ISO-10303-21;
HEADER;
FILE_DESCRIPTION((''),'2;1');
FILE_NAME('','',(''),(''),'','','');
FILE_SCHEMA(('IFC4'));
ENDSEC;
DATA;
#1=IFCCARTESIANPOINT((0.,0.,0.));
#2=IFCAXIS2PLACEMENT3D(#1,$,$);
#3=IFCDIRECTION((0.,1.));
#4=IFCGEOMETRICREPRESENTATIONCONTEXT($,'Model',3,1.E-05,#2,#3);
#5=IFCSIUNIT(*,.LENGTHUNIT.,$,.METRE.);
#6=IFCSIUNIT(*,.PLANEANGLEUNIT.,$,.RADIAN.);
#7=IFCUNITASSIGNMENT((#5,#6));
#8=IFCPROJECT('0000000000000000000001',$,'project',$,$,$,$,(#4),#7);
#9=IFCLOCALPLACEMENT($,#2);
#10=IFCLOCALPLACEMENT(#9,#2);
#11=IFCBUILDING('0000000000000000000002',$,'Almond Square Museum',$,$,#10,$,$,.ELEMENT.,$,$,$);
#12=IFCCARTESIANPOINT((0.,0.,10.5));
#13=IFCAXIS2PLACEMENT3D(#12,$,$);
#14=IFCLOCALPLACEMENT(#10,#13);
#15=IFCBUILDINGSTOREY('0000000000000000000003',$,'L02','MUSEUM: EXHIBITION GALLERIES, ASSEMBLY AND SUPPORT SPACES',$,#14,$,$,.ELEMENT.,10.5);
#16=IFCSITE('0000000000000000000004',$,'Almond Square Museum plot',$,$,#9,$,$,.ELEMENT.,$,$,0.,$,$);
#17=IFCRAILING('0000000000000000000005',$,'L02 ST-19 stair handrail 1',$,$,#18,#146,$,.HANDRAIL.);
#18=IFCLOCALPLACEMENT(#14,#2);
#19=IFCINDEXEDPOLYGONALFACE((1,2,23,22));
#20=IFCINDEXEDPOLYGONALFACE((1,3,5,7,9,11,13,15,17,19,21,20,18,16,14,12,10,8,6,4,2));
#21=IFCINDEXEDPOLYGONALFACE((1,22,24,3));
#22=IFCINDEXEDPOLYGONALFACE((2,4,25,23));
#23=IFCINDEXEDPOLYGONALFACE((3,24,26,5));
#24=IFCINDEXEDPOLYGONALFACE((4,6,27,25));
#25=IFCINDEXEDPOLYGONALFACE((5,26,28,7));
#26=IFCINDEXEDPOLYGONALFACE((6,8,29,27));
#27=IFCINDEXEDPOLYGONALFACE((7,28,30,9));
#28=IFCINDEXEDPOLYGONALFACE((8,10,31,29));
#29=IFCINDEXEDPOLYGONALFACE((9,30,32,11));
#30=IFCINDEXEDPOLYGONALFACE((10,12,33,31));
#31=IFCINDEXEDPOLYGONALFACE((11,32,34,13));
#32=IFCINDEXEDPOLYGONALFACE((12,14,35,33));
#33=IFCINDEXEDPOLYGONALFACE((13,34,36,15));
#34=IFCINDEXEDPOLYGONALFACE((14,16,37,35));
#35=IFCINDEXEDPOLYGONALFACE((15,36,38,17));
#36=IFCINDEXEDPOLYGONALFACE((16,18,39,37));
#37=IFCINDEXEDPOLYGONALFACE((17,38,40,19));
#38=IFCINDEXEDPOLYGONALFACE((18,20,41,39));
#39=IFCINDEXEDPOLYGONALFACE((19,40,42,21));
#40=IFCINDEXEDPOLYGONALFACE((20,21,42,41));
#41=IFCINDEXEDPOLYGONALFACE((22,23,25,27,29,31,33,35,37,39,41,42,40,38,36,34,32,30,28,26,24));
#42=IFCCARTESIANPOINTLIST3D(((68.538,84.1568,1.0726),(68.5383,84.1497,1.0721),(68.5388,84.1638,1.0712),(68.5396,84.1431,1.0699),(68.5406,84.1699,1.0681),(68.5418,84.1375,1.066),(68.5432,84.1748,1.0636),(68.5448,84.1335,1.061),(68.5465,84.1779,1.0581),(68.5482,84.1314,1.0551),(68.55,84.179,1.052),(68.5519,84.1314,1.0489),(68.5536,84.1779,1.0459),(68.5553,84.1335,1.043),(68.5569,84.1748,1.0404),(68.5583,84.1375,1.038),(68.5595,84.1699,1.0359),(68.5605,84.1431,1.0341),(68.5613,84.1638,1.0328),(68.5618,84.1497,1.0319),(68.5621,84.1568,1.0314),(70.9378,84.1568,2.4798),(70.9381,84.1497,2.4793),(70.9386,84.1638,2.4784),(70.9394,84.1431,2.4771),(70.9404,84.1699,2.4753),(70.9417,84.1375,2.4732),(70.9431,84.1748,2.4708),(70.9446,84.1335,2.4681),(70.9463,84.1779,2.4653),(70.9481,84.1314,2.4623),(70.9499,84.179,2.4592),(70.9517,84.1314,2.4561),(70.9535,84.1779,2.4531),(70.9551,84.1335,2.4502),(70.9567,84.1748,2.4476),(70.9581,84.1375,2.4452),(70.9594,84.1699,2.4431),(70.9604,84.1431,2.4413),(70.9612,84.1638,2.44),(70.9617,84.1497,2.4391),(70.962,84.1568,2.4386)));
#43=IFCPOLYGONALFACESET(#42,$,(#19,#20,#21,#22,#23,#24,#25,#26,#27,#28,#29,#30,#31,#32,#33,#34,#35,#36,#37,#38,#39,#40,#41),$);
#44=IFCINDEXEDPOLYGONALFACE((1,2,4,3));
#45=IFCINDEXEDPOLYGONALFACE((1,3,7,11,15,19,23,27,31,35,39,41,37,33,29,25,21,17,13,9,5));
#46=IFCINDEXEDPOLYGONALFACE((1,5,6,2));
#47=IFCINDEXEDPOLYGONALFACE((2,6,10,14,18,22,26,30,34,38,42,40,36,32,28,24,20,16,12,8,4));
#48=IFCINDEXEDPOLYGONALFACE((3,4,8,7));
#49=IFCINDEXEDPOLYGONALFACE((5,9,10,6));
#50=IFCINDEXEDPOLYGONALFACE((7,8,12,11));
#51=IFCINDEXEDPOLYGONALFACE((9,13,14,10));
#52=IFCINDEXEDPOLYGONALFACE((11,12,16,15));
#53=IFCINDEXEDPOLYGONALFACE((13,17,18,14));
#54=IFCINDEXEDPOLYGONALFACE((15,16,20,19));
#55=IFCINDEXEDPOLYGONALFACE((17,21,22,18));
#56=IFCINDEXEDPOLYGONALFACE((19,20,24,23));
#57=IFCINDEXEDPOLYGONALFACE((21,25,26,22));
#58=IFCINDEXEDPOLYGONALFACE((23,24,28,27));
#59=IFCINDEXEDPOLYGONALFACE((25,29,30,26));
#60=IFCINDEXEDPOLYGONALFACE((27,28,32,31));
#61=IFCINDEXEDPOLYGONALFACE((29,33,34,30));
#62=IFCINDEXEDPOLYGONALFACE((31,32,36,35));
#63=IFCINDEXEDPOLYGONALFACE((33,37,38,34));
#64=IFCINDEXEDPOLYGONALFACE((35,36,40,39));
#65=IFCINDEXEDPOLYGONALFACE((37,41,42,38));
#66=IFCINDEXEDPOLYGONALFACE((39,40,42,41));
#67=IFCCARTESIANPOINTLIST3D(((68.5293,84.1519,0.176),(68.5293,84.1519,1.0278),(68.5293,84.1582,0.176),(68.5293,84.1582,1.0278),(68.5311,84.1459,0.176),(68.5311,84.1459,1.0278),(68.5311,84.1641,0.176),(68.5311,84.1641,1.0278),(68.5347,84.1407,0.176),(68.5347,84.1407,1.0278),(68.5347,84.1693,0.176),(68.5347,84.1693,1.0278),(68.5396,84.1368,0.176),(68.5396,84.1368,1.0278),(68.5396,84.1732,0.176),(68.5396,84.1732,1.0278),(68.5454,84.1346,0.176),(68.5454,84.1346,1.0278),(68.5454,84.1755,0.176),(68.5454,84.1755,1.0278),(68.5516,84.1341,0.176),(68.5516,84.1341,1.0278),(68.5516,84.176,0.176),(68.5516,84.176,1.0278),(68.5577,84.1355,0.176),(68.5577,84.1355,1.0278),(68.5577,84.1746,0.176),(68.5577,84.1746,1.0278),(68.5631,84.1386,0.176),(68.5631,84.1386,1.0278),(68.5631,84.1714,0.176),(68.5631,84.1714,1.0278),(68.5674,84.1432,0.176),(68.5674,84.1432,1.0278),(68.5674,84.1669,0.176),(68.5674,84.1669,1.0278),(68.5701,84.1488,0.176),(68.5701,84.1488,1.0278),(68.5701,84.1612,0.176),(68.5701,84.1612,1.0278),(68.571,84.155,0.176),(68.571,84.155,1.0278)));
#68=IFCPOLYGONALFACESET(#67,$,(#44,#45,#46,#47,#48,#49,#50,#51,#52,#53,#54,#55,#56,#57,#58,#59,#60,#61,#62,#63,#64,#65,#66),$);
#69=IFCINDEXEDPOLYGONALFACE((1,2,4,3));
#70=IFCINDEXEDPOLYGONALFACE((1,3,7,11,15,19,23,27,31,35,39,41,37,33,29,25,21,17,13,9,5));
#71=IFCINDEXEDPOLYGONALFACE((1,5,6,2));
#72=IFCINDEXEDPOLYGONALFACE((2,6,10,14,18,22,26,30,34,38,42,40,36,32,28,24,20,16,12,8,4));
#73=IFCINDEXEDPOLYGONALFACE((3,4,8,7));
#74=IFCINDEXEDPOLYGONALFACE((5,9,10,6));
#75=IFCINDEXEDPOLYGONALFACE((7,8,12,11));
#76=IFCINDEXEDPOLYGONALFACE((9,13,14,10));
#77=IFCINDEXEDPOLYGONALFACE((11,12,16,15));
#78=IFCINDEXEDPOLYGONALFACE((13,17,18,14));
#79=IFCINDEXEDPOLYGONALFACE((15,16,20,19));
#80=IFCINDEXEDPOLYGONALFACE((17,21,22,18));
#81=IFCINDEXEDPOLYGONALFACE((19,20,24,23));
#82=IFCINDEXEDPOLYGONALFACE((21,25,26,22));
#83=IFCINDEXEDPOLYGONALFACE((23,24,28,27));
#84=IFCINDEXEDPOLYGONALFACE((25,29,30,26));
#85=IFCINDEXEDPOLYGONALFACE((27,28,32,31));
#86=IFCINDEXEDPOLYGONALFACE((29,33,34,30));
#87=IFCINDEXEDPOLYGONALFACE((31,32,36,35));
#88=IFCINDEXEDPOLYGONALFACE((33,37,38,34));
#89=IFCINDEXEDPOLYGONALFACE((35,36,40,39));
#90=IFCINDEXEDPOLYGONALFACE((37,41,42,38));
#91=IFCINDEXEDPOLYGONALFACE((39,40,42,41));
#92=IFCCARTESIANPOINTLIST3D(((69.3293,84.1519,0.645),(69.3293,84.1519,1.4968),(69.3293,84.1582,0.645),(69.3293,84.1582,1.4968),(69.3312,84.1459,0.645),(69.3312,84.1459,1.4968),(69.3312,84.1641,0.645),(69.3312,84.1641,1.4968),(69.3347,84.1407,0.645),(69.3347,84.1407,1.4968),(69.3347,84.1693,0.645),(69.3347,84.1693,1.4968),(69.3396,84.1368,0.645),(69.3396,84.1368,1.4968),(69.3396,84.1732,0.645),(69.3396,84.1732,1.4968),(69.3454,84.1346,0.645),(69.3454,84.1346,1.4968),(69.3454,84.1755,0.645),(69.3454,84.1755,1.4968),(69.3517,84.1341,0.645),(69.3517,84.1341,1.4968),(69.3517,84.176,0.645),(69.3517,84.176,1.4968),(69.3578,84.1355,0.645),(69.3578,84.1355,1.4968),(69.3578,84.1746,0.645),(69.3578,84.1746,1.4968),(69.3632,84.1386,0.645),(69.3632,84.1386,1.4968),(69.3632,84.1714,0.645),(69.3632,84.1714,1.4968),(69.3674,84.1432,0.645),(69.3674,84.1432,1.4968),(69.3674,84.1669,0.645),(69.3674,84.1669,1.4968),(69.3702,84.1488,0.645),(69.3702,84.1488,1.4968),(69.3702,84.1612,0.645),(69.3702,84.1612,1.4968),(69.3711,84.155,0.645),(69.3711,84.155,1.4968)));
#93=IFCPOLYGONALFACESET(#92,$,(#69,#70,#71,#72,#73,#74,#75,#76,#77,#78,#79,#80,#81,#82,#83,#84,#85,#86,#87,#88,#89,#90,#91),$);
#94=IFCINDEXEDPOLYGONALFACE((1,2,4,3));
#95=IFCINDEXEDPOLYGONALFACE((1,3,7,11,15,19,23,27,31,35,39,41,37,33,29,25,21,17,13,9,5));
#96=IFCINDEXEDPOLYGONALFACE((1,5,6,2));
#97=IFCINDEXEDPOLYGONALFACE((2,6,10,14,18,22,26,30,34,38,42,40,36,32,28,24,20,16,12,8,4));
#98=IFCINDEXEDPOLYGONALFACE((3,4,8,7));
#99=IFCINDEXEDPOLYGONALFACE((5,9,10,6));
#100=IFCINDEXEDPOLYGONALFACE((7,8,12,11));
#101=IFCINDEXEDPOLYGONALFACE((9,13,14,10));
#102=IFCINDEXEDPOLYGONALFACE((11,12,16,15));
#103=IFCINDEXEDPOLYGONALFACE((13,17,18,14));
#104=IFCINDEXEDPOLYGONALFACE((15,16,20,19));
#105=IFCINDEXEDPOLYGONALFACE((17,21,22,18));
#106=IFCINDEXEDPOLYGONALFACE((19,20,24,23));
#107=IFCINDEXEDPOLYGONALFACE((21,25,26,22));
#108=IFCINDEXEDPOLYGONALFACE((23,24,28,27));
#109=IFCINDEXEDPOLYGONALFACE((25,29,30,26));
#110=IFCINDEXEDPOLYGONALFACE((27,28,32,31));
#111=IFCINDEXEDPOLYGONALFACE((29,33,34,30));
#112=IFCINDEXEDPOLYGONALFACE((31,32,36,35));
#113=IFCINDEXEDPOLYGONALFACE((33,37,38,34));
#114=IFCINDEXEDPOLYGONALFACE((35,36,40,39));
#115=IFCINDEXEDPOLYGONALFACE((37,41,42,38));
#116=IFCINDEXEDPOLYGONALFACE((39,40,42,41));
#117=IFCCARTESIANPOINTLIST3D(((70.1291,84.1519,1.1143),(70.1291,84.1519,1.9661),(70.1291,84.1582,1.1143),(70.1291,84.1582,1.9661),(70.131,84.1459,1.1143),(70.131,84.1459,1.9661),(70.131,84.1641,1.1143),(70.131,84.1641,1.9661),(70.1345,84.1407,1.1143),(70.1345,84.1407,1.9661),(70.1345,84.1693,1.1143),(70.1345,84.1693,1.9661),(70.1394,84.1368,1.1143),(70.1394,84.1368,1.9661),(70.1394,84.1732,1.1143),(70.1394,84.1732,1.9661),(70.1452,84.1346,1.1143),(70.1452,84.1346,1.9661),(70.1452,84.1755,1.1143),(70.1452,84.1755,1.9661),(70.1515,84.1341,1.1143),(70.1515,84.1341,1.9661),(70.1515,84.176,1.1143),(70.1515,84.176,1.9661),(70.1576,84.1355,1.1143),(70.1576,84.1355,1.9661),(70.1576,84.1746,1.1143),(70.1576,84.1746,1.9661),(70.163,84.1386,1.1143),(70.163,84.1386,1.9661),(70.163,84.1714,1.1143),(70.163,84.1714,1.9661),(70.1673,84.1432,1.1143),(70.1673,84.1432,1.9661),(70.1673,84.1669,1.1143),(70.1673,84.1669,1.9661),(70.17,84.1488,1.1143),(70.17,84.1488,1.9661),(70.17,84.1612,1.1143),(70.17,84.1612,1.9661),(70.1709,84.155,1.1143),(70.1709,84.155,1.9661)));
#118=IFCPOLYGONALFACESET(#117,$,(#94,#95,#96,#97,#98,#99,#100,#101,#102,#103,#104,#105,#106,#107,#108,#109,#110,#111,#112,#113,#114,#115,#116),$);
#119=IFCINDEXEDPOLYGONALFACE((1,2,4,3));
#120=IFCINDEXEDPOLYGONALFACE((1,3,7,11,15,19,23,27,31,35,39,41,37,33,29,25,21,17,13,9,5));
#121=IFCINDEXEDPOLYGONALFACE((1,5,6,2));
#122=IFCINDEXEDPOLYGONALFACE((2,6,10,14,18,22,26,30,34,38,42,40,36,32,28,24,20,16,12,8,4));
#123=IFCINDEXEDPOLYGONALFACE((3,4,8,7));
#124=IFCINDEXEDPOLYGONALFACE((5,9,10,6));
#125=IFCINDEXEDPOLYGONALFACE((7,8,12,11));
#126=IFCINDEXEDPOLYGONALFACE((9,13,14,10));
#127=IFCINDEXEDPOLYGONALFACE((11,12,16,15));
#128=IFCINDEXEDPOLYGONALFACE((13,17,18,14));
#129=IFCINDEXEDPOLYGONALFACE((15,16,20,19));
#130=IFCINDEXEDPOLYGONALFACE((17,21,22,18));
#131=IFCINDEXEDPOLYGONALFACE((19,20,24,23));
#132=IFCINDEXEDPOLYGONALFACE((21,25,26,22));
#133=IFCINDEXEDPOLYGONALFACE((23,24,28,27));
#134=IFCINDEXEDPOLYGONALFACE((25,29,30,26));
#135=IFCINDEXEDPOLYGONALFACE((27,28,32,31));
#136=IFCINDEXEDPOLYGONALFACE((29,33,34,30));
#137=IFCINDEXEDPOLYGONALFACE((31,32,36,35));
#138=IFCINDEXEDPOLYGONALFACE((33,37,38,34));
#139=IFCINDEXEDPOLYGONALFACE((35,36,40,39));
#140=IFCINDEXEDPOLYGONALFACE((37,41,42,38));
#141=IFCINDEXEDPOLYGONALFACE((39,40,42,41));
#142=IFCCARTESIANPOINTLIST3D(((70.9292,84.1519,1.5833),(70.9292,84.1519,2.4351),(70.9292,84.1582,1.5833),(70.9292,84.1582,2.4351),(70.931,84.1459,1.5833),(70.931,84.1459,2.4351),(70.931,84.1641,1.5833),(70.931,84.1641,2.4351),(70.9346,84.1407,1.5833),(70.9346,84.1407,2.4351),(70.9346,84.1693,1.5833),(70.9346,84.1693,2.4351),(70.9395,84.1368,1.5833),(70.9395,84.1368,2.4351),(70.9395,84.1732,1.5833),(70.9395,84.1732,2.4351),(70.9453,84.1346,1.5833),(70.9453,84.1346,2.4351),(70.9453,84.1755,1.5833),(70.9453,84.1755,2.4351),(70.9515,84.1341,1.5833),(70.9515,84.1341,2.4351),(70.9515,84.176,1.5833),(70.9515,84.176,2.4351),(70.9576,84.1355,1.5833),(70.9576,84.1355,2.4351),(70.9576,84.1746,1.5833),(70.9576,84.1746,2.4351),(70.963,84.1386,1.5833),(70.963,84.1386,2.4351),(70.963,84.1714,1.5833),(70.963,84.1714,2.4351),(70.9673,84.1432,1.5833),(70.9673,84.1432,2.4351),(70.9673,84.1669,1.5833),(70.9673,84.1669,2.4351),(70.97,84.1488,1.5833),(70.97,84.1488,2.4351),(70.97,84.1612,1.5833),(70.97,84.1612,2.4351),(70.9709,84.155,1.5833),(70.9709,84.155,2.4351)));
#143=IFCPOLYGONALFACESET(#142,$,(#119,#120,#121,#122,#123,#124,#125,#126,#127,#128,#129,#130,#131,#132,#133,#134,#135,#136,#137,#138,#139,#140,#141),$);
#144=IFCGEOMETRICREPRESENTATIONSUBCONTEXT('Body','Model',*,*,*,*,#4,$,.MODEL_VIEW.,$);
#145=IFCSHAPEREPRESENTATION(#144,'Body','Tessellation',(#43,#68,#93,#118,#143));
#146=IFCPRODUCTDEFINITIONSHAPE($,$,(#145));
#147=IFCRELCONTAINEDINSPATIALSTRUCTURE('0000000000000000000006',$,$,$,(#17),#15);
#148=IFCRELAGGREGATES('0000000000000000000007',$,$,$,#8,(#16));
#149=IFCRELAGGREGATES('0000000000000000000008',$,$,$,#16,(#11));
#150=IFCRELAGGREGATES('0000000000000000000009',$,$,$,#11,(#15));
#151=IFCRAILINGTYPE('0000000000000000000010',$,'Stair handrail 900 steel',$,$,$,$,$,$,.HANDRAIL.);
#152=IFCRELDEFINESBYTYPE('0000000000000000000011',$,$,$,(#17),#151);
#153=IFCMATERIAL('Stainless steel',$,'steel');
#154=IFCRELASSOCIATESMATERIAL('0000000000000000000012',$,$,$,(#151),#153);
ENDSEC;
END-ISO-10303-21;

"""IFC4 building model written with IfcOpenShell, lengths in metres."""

from ifc_helpers import new_model, si_unit, direction, frame, origin, origin_2d, place, context, subcontext, project, spatial, circle, extrude, material, type_object, element, save


model = new_model("IFC4")

# Units and contexts
model_context = context("Model", 3, precision=1e-05, world=origin(), true_north=direction((0.0, 1.0)))
body_context = subcontext(model_context, "Body", "Model", "MODEL_VIEW")
ifc_project = project(units=[si_unit("LENGTHUNIT", "METRE"), si_unit("PLANEANGLEUNIT", "RADIAN")], contexts=[model_context])

# Site, building, storey
site_placement = place(None, origin())
site = spatial("IfcSite", under=ifc_project, at=site_placement, Name="Almond Square Museum plot", CompositionType="ELEMENT", RefElevation=0.0)
building_placement = place(site_placement, origin())
building = spatial("IfcBuilding", under=site, at=building_placement, Name="Almond Square Museum", CompositionType="ELEMENT")
storey_placement = place(building_placement, frame((0.0, 0.0, 10.5)))
storey = spatial("IfcBuildingStorey", under=building, at=storey_placement, Name="L02", Description="MUSEUM: EXHIBITION GALLERIES, ASSEMBLY AND SUPPORT SPACES", CompositionType="ELEMENT", Elevation=10.5)

# Railing
ifc_material_1 = material(Name="Stainless steel", Category="steel")
railing_type_1 = type_object("IfcRailingType", Name="Stair handrail 900 steel", PredefinedType="HANDRAIL", material=ifc_material_1)
railing_1_placement = place(storey_placement, frame((68.55, 84.155, 0.176)))
element("IfcRailing", 1, at=railing_1_placement, inside=storey, type_object=railing_type_1, Name="L02 ST-19 stair handrail 1", PredefinedType="HANDRAIL", context=body_context, shape_type="SweptSolid", body=[
    extrude(circle(Radius=0.0239, at=origin_2d()), frame((0.0, 0.0, 0.876), z_axis=(0.862637, 0.0, 0.505823), x_axis=(0.0, 1.0, 0.0)), (0.0, 0.0, 1.0), 2.782),
    extrude(circle(Radius=0.021, at=origin_2d()), origin(), (0.0, 0.0, 1.0), 0.8518),
    extrude(circle(Radius=0.021, at=origin_2d()), frame((0.8, 0.0, 0.469)), (0.0, 0.0, 1.0), 0.8518),
    extrude(circle(Radius=0.021, at=origin_2d()), frame((1.5999, 0.0, 0.9382)), (0.0, 0.0, 1.0), 0.8518),
    extrude(circle(Radius=0.021, at=origin_2d()), frame((2.3999, 0.0, 1.4072)), (0.0, 0.0, 1.0), 0.8518),
])

save(model, "model.ifc")
